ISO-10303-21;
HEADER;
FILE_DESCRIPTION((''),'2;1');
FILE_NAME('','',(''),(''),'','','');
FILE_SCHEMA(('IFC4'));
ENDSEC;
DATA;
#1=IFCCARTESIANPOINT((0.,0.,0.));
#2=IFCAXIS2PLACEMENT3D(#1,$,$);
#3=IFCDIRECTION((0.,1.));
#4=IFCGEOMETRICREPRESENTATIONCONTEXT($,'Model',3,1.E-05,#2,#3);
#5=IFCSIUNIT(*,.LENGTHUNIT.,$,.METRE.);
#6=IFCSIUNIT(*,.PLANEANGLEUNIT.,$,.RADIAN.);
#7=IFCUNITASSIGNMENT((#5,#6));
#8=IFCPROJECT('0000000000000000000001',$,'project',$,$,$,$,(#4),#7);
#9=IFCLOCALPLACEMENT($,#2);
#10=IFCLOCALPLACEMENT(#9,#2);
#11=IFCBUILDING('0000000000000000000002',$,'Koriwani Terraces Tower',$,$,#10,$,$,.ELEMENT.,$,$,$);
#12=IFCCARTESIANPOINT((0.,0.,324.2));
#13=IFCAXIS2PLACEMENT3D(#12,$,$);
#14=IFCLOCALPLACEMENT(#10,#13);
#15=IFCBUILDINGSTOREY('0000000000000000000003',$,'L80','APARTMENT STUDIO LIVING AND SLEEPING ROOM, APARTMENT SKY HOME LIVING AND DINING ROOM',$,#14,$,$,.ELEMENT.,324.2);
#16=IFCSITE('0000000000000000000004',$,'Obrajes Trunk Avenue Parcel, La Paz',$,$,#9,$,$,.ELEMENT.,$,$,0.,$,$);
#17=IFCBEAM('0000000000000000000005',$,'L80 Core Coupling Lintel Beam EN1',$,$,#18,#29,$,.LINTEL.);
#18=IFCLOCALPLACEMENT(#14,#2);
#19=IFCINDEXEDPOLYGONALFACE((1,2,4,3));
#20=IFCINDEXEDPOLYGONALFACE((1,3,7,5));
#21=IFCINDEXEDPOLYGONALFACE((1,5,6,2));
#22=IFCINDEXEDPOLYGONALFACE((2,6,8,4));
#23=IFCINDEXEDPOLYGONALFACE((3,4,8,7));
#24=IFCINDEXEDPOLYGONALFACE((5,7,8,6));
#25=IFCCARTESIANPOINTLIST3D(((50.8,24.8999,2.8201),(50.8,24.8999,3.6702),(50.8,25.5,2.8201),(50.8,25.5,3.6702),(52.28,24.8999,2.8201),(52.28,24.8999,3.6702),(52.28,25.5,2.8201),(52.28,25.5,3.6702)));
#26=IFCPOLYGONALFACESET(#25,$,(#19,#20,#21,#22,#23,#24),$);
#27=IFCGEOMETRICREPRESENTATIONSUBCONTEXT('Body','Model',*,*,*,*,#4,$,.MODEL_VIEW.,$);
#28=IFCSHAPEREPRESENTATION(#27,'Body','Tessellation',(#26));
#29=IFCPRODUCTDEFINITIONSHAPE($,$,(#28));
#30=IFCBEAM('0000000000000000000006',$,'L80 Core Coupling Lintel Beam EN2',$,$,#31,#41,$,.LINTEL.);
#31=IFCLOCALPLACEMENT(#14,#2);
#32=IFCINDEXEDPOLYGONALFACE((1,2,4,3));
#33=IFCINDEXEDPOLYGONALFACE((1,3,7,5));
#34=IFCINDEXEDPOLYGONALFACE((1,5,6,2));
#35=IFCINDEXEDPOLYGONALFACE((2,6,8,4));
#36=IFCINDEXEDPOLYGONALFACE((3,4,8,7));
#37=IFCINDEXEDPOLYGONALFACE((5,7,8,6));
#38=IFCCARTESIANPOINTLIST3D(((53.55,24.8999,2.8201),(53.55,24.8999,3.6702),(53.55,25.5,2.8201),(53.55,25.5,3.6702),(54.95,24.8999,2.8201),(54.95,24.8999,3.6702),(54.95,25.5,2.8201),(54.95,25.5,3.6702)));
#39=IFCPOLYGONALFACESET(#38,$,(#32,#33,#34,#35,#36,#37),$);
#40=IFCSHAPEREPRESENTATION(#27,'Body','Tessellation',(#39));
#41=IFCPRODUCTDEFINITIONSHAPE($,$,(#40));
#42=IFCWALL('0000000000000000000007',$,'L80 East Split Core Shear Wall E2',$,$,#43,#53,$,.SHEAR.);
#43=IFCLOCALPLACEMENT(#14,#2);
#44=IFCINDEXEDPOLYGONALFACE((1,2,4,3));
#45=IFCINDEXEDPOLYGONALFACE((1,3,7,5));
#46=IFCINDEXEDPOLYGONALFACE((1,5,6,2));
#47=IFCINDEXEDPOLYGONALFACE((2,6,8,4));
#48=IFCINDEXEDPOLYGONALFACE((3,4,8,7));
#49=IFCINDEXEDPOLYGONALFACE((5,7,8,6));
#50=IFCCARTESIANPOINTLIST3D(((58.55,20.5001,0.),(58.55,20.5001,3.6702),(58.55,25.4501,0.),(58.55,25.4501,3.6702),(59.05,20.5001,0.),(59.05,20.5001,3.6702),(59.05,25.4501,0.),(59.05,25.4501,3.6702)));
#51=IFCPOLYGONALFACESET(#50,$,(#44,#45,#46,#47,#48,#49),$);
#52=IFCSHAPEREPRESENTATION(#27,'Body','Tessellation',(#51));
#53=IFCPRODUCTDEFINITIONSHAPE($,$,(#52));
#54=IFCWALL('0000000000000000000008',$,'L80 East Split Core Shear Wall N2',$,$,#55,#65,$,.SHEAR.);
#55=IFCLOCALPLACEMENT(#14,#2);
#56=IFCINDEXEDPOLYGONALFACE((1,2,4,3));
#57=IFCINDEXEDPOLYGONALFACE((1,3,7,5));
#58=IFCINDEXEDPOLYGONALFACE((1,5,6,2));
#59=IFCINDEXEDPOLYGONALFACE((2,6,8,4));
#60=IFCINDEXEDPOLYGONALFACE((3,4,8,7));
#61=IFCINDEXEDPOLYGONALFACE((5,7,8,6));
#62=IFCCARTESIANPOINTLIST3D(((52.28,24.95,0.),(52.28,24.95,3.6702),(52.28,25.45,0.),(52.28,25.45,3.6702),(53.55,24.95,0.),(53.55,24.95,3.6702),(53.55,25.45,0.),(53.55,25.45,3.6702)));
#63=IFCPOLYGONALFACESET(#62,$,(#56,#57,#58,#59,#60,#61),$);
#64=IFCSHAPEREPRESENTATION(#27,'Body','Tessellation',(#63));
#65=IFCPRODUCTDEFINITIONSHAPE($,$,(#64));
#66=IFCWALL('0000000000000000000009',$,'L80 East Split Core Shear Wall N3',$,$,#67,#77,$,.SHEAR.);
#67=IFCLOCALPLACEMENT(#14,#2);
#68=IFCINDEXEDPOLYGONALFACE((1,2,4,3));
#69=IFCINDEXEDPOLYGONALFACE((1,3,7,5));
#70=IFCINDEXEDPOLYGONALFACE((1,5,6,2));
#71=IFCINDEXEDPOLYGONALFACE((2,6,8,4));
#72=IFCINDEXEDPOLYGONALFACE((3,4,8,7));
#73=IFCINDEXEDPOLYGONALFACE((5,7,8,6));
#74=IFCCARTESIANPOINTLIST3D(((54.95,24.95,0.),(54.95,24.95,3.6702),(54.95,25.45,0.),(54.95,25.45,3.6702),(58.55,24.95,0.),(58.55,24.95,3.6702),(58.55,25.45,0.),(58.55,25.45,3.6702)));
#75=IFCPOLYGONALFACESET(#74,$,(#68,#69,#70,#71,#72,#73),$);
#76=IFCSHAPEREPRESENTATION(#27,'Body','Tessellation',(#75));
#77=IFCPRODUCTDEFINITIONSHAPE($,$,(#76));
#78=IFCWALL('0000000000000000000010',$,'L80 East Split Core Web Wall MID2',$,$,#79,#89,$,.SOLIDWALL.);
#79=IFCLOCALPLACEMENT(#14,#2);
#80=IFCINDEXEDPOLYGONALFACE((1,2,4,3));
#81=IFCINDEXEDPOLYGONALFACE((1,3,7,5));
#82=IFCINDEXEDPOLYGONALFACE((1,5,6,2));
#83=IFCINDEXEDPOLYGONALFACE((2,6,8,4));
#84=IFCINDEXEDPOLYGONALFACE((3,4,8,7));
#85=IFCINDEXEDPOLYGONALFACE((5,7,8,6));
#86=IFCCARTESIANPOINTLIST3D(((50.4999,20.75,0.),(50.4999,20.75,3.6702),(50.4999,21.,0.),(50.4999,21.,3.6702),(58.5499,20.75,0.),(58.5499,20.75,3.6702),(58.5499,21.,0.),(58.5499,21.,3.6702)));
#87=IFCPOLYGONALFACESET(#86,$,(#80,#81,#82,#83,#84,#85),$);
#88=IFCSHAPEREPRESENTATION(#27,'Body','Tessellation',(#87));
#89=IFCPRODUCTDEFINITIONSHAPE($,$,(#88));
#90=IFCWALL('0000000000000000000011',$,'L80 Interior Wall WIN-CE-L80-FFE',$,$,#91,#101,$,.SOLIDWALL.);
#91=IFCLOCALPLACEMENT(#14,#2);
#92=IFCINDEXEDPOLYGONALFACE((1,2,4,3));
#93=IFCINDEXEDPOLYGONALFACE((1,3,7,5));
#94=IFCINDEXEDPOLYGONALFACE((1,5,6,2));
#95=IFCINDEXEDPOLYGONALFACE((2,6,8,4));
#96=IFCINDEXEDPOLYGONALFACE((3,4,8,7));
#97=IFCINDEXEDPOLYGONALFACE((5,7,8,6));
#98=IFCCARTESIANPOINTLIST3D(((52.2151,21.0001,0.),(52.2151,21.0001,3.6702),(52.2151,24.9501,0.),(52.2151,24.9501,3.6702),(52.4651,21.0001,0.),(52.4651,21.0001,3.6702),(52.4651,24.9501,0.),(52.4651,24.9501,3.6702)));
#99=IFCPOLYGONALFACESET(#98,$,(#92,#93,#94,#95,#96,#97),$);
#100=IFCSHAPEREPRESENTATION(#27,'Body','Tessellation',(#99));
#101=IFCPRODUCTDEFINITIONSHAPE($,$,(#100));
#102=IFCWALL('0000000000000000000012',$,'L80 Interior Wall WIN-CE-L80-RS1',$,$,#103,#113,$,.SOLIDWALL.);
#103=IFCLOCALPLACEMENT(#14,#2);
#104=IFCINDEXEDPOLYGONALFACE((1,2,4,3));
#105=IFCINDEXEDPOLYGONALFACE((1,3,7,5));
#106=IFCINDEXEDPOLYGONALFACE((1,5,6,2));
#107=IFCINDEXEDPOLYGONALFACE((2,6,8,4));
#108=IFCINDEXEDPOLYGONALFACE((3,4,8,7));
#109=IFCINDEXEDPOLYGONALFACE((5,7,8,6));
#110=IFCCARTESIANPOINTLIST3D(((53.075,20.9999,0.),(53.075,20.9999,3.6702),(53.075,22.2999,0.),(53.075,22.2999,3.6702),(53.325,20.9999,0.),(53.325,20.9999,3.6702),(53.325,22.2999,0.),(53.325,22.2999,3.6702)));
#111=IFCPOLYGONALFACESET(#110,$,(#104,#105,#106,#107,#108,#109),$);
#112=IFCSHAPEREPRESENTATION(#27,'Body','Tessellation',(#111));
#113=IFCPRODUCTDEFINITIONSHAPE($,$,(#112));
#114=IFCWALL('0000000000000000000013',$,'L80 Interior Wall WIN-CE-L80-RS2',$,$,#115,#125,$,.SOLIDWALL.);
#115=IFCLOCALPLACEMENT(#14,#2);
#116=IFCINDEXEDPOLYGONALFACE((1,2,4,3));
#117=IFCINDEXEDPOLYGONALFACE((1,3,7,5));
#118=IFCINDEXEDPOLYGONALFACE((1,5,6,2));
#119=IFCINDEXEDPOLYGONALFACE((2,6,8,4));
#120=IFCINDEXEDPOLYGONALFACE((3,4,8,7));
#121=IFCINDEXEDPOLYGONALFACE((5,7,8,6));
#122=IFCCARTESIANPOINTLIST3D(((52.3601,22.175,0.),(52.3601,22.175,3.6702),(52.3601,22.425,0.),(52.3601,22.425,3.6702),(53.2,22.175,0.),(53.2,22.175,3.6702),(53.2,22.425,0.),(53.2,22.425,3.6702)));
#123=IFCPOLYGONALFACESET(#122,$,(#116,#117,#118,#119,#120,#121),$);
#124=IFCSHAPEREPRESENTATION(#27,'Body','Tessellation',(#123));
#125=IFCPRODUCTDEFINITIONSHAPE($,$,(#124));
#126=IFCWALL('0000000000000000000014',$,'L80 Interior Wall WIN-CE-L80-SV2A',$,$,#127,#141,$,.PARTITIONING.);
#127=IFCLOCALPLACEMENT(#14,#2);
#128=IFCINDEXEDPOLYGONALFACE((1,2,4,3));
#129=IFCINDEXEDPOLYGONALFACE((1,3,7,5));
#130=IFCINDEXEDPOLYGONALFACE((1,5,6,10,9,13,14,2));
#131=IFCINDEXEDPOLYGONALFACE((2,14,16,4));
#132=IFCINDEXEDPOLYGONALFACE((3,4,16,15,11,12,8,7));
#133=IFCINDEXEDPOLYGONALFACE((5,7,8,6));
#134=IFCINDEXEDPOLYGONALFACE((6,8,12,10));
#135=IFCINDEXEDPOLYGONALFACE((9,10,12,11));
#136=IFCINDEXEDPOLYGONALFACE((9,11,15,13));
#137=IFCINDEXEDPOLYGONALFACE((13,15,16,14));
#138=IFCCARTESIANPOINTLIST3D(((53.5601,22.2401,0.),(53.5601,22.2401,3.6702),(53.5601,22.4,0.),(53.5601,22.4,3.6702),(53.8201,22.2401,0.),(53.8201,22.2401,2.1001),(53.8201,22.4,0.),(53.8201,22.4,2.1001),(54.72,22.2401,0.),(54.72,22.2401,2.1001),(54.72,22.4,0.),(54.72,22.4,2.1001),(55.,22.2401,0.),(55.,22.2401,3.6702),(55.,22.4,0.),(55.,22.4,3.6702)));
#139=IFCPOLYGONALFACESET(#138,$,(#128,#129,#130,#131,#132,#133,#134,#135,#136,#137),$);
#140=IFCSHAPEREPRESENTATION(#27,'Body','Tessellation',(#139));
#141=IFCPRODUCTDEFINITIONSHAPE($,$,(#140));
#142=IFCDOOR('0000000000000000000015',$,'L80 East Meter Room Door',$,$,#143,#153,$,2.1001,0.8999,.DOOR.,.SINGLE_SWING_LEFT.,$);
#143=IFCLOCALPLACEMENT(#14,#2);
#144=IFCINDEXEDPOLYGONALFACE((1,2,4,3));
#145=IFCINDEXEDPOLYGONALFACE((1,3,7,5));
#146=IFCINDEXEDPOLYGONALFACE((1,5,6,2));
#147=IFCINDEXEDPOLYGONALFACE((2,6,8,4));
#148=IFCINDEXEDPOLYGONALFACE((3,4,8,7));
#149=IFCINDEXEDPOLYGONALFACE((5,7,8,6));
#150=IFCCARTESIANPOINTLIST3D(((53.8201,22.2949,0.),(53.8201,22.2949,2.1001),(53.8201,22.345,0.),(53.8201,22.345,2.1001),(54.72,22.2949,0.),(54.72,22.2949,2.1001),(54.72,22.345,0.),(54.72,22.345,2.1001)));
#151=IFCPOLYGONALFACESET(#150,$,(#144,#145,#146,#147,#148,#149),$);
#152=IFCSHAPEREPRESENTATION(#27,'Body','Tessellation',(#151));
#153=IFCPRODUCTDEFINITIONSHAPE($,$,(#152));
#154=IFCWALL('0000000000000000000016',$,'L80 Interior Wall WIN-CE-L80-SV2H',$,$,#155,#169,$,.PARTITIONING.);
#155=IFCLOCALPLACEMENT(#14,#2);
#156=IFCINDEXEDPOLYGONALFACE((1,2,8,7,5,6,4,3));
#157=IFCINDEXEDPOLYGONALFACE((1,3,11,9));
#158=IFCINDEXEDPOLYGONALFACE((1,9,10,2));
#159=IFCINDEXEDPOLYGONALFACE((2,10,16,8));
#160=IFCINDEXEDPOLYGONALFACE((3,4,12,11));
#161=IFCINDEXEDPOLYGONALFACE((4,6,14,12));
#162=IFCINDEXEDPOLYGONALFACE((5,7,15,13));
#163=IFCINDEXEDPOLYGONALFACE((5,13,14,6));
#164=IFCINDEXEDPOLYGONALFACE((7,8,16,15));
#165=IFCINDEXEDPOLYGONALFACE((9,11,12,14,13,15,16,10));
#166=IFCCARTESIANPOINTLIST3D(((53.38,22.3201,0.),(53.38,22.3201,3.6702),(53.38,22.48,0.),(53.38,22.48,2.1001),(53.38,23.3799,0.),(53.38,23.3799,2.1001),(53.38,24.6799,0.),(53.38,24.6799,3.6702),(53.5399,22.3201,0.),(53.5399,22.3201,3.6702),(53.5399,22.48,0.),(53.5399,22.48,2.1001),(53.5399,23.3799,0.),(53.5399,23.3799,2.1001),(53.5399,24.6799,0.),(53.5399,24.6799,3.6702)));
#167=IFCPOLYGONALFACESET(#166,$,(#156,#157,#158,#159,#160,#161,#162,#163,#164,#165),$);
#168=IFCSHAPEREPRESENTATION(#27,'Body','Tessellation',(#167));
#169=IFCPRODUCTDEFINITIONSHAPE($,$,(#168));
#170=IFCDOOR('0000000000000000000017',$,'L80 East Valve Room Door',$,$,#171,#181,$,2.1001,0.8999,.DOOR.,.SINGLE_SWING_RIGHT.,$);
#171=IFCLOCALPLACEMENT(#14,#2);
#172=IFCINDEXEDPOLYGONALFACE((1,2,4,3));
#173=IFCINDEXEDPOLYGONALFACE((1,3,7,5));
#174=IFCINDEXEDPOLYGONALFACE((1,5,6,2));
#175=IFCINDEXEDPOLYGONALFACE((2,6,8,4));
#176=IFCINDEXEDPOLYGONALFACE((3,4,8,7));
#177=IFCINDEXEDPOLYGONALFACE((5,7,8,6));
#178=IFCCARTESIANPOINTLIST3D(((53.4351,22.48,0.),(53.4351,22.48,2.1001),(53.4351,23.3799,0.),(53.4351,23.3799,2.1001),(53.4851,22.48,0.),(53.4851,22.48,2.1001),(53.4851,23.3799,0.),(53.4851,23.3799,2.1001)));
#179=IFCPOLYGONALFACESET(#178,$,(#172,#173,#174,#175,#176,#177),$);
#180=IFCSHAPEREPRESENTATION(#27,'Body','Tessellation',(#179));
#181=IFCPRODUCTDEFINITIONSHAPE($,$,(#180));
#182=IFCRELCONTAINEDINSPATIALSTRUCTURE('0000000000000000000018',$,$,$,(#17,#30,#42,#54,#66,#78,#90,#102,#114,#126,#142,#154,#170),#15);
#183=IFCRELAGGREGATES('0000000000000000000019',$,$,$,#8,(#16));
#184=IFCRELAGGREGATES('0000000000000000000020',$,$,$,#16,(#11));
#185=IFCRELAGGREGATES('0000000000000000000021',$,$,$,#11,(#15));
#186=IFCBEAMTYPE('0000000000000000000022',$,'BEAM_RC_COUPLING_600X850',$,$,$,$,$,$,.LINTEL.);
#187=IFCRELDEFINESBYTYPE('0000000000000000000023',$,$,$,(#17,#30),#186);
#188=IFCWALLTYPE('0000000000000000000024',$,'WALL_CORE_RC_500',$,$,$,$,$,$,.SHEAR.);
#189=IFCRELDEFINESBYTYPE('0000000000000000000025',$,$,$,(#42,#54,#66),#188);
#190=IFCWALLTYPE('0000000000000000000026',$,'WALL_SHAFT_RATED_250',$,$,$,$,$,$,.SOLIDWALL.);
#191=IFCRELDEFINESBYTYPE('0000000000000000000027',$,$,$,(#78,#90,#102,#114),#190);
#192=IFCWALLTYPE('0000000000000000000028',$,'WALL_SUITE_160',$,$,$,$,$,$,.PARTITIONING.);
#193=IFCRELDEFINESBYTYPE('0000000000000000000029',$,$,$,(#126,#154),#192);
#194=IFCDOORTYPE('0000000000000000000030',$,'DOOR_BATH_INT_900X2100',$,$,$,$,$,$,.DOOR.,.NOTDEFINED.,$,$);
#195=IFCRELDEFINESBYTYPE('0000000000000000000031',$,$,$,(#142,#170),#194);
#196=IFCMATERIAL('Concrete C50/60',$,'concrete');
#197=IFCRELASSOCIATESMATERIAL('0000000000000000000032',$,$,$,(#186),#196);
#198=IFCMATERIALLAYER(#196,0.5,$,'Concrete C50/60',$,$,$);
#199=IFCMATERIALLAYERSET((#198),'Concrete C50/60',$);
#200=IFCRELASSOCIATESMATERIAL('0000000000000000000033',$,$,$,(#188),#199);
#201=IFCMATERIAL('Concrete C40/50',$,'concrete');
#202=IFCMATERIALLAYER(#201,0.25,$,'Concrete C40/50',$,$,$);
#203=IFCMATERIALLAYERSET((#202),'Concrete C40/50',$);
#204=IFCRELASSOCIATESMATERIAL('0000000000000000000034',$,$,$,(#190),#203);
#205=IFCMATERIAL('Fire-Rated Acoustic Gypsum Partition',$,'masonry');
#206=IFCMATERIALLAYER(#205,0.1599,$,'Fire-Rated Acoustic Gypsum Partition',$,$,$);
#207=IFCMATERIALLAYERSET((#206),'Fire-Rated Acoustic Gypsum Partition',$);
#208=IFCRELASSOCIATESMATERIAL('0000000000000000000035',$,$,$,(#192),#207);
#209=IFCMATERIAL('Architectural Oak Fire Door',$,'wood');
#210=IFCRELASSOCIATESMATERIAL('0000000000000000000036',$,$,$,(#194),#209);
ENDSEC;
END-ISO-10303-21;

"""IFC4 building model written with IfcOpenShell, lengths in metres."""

from ifc_helpers import new_model, si_unit, direction, frame, frame_2d, origin, origin_2d, place, context, subcontext, project, spatial, rectangle, extrude, material, layer, layer_set, material_profile, profile_set, type_object, element, fill, save


model = new_model("IFC4")

# Units and contexts
model_context = context("Model", 3, precision=1e-05, world=origin(), true_north=direction((0.0, 1.0)))
body_context = subcontext(model_context, "Body", "Model", "MODEL_VIEW")
ifc_project = project(units=[si_unit("LENGTHUNIT", "METRE"), si_unit("PLANEANGLEUNIT", "RADIAN")], contexts=[model_context])

# Site, building, storey
site_placement = place(None, origin())
site = spatial("IfcSite", under=ifc_project, at=site_placement, Name="Obrajes Trunk Avenue Parcel, La Paz", CompositionType="ELEMENT", RefElevation=0.0)
building_placement = place(site_placement, origin())
building = spatial("IfcBuilding", under=site, at=building_placement, Name="Koriwani Terraces Tower", CompositionType="ELEMENT")
storey_placement = place(building_placement, frame((0.0, 0.0, 324.2)))
storey = spatial("IfcBuildingStorey", under=building, at=storey_placement, Name="L80", Description="APARTMENT STUDIO LIVING AND SLEEPING ROOM, APARTMENT SKY HOME LIVING AND DINING ROOM", CompositionType="ELEMENT", Elevation=324.2)

# Beams
ifc_material_1 = material(Name="Concrete C50/60", Category="concrete")
ifc_material_profile = material_profile(ifc_material_1, rectangle(XDim=0.6001, YDim=0.8501, at=origin_2d()), Name="Concrete C50/60", Category="LoadBearing")
ifc_profile_set = profile_set([ifc_material_profile], Name="Concrete C50/60")
beam_type = type_object("IfcBeamType", Name="BEAM_RC_COUPLING_600X850", PredefinedType="LINTEL", material=ifc_profile_set)
beam_1_placement = place(storey_placement, frame((50.8, 25.2, 3.2451), z_axis=(1.0, 0.0, 0.0), x_axis=(0.0, 1.0, 0.0)))
element("IfcBeam", 1, at=beam_1_placement, inside=storey, type_object=beam_type, Name="L80 Core Coupling Lintel Beam EN1", PredefinedType="LINTEL", context=body_context, shape_type="SweptSolid", body=[
    extrude(rectangle(XDim=0.6001, YDim=0.8501, at=origin_2d()), origin(), (0.0, 0.0, 1.0), 1.48),
])
beam_2_placement = place(storey_placement, frame((53.55, 25.2, 3.2451), z_axis=(1.0, 0.0, 0.0), x_axis=(0.0, 1.0, 0.0)))
element("IfcBeam", 2, at=beam_2_placement, inside=storey, type_object=beam_type, Name="L80 Core Coupling Lintel Beam EN2", PredefinedType="LINTEL", context=body_context, shape_type="SweptSolid", body=[
    extrude(rectangle(XDim=0.6001, YDim=0.8501, at=origin_2d()), origin(), (0.0, 0.0, 1.0), 1.3999),
])

# Walls
ifc_layer_1 = layer(ifc_material_1, 0.5, Name="Concrete C50/60")
ifc_layer_set_1 = layer_set([ifc_layer_1], Name="Concrete C50/60")
wall_type_1 = type_object("IfcWallType", Name="WALL_CORE_RC_500", PredefinedType="SHEAR", material=ifc_layer_set_1)
wall_1_placement = place(storey_placement, frame((58.8, 20.5, 0.0), z_axis=(0.0, 0.0, 1.0), x_axis=(0.0, 1.0, 0.0)))
element("IfcWall", 3, at=wall_1_placement, inside=storey, type_object=wall_type_1, Name="L80 East Split Core Shear Wall E2", PredefinedType="SHEAR", context=body_context, shape_type="SweptSolid", body=[
    extrude(rectangle(XDim=4.95, YDim=0.5, at=frame_2d((2.4751, 0.0))), origin(), (0.0, 0.0, 1.0), 3.6702),
])
wall_2_placement = place(storey_placement, frame((52.28, 25.2, 0.0), z_axis=(0.0, 0.0, 1.0), x_axis=(1.0, 0.0, 0.0)))
element("IfcWall", 4, at=wall_2_placement, inside=storey, type_object=wall_type_1, Name="L80 East Split Core Shear Wall N2", PredefinedType="SHEAR", context=body_context, shape_type="SweptSolid", body=[
    extrude(rectangle(XDim=1.27, YDim=0.5, at=frame_2d((0.635, 0.0))), origin(), (0.0, 0.0, 1.0), 3.6702),
])
wall_3_placement = place(storey_placement, frame((54.95, 25.2, 0.0), z_axis=(0.0, 0.0, 1.0), x_axis=(1.0, 0.0, 0.0)))
element("IfcWall", 5, at=wall_3_placement, inside=storey, type_object=wall_type_1, Name="L80 East Split Core Shear Wall N3", PredefinedType="SHEAR", context=body_context, shape_type="SweptSolid", body=[
    extrude(rectangle(XDim=3.6001, YDim=0.5, at=frame_2d((1.8, 0.0))), origin(), (0.0, 0.0, 1.0), 3.6702),
])
ifc_material_2 = material(Name="Concrete C40/50", Category="concrete")
ifc_layer_2 = layer(ifc_material_2, 0.25, Name="Concrete C40/50")
ifc_layer_set_2 = layer_set([ifc_layer_2], Name="Concrete C40/50")
wall_type_2 = type_object("IfcWallType", Name="WALL_SHAFT_RATED_250", PredefinedType="SOLIDWALL", material=ifc_layer_set_2)
wall_4_placement = place(storey_placement, frame((50.5, 20.875, 0.0), z_axis=(0.0, 0.0, 1.0), x_axis=(1.0, 0.0, 0.0)))
element("IfcWall", 6, at=wall_4_placement, inside=storey, type_object=wall_type_2, Name="L80 East Split Core Web Wall MID2", PredefinedType="SOLIDWALL", context=body_context, shape_type="SweptSolid", body=[
    extrude(rectangle(XDim=8.05, YDim=0.25, at=frame_2d((4.0249, 0.0))), origin(), (0.0, 0.0, 1.0), 3.6702),
])

# Wall
wall_5_placement = place(storey_placement, frame((52.3401, 21.0, 0.0), z_axis=(0.0, 0.0, 1.0), x_axis=(0.0, 1.0, 0.0)))
element("IfcWall", 7, at=wall_5_placement, inside=storey, type_object=wall_type_2, Name="L80 Interior Wall WIN-CE-L80-FFE", PredefinedType="SOLIDWALL", context=body_context, shape_type="SweptSolid", body=[
    extrude(rectangle(XDim=3.95, YDim=0.25, at=frame_2d((1.9751, 0.0))), origin(), (0.0, 0.0, 1.0), 3.6702),
])

# Walls
wall_6_placement = place(storey_placement, frame((53.2, 21.0, 0.0), z_axis=(0.0, 0.0, 1.0), x_axis=(0.0, 1.0, 0.0)))
element("IfcWall", 8, at=wall_6_placement, inside=storey, type_object=wall_type_2, Name="L80 Interior Wall WIN-CE-L80-RS1", PredefinedType="SOLIDWALL", context=body_context, shape_type="SweptSolid", body=[
    extrude(rectangle(XDim=1.3, YDim=0.25, at=frame_2d((0.6499, 0.0))), origin(), (0.0, 0.0, 1.0), 3.6702),
])
wall_7_placement = place(storey_placement, frame((52.3601, 22.3, 0.0), z_axis=(0.0, 0.0, 1.0), x_axis=(1.0, 0.0, 0.0)))
element("IfcWall", 9, at=wall_7_placement, inside=storey, type_object=wall_type_2, Name="L80 Interior Wall WIN-CE-L80-RS2", PredefinedType="SOLIDWALL", context=body_context, shape_type="SweptSolid", body=[
    extrude(rectangle(XDim=0.8398, YDim=0.25, at=frame_2d((0.4199, 0.0))), origin(), (0.0, 0.0, 1.0), 3.6702),
])

# Walls, openings, doors
ifc_material_3 = material(Name="Fire-Rated Acoustic Gypsum Partition", Category="masonry")
ifc_layer_3 = layer(ifc_material_3, 0.1599, Name="Fire-Rated Acoustic Gypsum Partition")
ifc_layer_set_3 = layer_set([ifc_layer_3], Name="Fire-Rated Acoustic Gypsum Partition")
wall_type_3 = type_object("IfcWallType", Name="WALL_SUITE_160", PredefinedType="PARTITIONING", material=ifc_layer_set_3)
wall_8_placement = place(storey_placement, frame((53.5601, 22.3201, 0.0), z_axis=(0.0, 0.0, 1.0), x_axis=(1.0, 0.0, 0.0)))
wall_8 = element("IfcWall", 10, at=wall_8_placement, inside=storey, type_object=wall_type_3, Name="L80 Interior Wall WIN-CE-L80-SV2A", PredefinedType="PARTITIONING", context=body_context, shape_type="SweptSolid", body=[
    extrude(rectangle(XDim=1.4399, YDim=0.1599, at=frame_2d((0.72, 0.0))), origin(), (0.0, 0.0, 1.0), 3.6702),
])
opening_1_placement = place(wall_8_placement, frame((0.26, 0.0, 0.0)))
opening_1 = element("IfcOpeningElement", 11, at=opening_1_placement, cuts=wall_8, PredefinedType="OPENING", context=body_context, shape_type="SweptSolid", body=[
    extrude(rectangle(XDim=0.8999, YDim=2.1001, at=frame_2d((0.45, 1.05))), frame((0.0, 0.0898, 0.0), z_axis=(0.0, -1.0, 0.0), x_axis=(1.0, 0.0, 0.0)), (0.0, 0.0, 1.0), 0.1799),
])
ifc_material_4 = material(Name="Architectural Oak Fire Door", Category="wood")
door_type_1 = type_object("IfcDoorType", Name="DOOR_BATH_INT_900X2100", OperationType="NOTDEFINED", PredefinedType="DOOR", material=ifc_material_4)
door_1_placement = place(opening_1_placement, origin())
door_1 = element("IfcDoor", 12, at=door_1_placement, inside=storey, type_object=door_type_1, Name="L80 East Meter Room Door", OperationType="SINGLE_SWING_LEFT", OverallHeight=2.1001, OverallWidth=0.8999, PredefinedType="DOOR", context=body_context, shape_type="SweptSolid", body=[
    extrude(rectangle(XDim=0.8999, YDim=2.1001, at=frame_2d((0.45, 1.05))), frame((0.0, 0.0249, 0.0), z_axis=(0.0, -1.0, 0.0), x_axis=(1.0, 0.0, 0.0)), (0.0, 0.0, 1.0), 0.05),
])
fill(opening_1, door_1)
wall_9_placement = place(storey_placement, frame((53.46, 22.3201, 0.0), z_axis=(0.0, 0.0, 1.0), x_axis=(0.0, 1.0, 0.0)))
wall_9 = element("IfcWall", 13, at=wall_9_placement, inside=storey, type_object=wall_type_3, Name="L80 Interior Wall WIN-CE-L80-SV2H", PredefinedType="PARTITIONING", context=body_context, shape_type="SweptSolid", body=[
    extrude(rectangle(XDim=2.3599, YDim=0.1599, at=frame_2d((1.1799, 0.0))), origin(), (0.0, 0.0, 1.0), 3.6702),
])
opening_2_placement = place(wall_9_placement, frame((0.1599, 0.0, 0.0)))
opening_2 = element("IfcOpeningElement", 14, at=opening_2_placement, cuts=wall_9, PredefinedType="OPENING", context=body_context, shape_type="SweptSolid", body=[
    extrude(rectangle(XDim=0.8999, YDim=2.1001, at=frame_2d((0.45, 1.05))), frame((0.0, 0.0898, 0.0), z_axis=(0.0, -1.0, 0.0), x_axis=(1.0, 0.0, 0.0)), (0.0, 0.0, 1.0), 0.1799),
])
door_2_placement = place(opening_2_placement, origin())
door_2 = element("IfcDoor", 15, at=door_2_placement, inside=storey, type_object=door_type_1, Name="L80 East Valve Room Door", OperationType="SINGLE_SWING_RIGHT", OverallHeight=2.1001, OverallWidth=0.8999, PredefinedType="DOOR", context=body_context, shape_type="SweptSolid", body=[
    extrude(rectangle(XDim=0.8999, YDim=2.1001, at=frame_2d((0.45, 1.05))), frame((0.0, 0.0249, 0.0), z_axis=(0.0, -1.0, 0.0), x_axis=(1.0, 0.0, 0.0)), (0.0, 0.0, 1.0), 0.05),
])
fill(opening_2, door_2)

save(model, "model.ifc")
